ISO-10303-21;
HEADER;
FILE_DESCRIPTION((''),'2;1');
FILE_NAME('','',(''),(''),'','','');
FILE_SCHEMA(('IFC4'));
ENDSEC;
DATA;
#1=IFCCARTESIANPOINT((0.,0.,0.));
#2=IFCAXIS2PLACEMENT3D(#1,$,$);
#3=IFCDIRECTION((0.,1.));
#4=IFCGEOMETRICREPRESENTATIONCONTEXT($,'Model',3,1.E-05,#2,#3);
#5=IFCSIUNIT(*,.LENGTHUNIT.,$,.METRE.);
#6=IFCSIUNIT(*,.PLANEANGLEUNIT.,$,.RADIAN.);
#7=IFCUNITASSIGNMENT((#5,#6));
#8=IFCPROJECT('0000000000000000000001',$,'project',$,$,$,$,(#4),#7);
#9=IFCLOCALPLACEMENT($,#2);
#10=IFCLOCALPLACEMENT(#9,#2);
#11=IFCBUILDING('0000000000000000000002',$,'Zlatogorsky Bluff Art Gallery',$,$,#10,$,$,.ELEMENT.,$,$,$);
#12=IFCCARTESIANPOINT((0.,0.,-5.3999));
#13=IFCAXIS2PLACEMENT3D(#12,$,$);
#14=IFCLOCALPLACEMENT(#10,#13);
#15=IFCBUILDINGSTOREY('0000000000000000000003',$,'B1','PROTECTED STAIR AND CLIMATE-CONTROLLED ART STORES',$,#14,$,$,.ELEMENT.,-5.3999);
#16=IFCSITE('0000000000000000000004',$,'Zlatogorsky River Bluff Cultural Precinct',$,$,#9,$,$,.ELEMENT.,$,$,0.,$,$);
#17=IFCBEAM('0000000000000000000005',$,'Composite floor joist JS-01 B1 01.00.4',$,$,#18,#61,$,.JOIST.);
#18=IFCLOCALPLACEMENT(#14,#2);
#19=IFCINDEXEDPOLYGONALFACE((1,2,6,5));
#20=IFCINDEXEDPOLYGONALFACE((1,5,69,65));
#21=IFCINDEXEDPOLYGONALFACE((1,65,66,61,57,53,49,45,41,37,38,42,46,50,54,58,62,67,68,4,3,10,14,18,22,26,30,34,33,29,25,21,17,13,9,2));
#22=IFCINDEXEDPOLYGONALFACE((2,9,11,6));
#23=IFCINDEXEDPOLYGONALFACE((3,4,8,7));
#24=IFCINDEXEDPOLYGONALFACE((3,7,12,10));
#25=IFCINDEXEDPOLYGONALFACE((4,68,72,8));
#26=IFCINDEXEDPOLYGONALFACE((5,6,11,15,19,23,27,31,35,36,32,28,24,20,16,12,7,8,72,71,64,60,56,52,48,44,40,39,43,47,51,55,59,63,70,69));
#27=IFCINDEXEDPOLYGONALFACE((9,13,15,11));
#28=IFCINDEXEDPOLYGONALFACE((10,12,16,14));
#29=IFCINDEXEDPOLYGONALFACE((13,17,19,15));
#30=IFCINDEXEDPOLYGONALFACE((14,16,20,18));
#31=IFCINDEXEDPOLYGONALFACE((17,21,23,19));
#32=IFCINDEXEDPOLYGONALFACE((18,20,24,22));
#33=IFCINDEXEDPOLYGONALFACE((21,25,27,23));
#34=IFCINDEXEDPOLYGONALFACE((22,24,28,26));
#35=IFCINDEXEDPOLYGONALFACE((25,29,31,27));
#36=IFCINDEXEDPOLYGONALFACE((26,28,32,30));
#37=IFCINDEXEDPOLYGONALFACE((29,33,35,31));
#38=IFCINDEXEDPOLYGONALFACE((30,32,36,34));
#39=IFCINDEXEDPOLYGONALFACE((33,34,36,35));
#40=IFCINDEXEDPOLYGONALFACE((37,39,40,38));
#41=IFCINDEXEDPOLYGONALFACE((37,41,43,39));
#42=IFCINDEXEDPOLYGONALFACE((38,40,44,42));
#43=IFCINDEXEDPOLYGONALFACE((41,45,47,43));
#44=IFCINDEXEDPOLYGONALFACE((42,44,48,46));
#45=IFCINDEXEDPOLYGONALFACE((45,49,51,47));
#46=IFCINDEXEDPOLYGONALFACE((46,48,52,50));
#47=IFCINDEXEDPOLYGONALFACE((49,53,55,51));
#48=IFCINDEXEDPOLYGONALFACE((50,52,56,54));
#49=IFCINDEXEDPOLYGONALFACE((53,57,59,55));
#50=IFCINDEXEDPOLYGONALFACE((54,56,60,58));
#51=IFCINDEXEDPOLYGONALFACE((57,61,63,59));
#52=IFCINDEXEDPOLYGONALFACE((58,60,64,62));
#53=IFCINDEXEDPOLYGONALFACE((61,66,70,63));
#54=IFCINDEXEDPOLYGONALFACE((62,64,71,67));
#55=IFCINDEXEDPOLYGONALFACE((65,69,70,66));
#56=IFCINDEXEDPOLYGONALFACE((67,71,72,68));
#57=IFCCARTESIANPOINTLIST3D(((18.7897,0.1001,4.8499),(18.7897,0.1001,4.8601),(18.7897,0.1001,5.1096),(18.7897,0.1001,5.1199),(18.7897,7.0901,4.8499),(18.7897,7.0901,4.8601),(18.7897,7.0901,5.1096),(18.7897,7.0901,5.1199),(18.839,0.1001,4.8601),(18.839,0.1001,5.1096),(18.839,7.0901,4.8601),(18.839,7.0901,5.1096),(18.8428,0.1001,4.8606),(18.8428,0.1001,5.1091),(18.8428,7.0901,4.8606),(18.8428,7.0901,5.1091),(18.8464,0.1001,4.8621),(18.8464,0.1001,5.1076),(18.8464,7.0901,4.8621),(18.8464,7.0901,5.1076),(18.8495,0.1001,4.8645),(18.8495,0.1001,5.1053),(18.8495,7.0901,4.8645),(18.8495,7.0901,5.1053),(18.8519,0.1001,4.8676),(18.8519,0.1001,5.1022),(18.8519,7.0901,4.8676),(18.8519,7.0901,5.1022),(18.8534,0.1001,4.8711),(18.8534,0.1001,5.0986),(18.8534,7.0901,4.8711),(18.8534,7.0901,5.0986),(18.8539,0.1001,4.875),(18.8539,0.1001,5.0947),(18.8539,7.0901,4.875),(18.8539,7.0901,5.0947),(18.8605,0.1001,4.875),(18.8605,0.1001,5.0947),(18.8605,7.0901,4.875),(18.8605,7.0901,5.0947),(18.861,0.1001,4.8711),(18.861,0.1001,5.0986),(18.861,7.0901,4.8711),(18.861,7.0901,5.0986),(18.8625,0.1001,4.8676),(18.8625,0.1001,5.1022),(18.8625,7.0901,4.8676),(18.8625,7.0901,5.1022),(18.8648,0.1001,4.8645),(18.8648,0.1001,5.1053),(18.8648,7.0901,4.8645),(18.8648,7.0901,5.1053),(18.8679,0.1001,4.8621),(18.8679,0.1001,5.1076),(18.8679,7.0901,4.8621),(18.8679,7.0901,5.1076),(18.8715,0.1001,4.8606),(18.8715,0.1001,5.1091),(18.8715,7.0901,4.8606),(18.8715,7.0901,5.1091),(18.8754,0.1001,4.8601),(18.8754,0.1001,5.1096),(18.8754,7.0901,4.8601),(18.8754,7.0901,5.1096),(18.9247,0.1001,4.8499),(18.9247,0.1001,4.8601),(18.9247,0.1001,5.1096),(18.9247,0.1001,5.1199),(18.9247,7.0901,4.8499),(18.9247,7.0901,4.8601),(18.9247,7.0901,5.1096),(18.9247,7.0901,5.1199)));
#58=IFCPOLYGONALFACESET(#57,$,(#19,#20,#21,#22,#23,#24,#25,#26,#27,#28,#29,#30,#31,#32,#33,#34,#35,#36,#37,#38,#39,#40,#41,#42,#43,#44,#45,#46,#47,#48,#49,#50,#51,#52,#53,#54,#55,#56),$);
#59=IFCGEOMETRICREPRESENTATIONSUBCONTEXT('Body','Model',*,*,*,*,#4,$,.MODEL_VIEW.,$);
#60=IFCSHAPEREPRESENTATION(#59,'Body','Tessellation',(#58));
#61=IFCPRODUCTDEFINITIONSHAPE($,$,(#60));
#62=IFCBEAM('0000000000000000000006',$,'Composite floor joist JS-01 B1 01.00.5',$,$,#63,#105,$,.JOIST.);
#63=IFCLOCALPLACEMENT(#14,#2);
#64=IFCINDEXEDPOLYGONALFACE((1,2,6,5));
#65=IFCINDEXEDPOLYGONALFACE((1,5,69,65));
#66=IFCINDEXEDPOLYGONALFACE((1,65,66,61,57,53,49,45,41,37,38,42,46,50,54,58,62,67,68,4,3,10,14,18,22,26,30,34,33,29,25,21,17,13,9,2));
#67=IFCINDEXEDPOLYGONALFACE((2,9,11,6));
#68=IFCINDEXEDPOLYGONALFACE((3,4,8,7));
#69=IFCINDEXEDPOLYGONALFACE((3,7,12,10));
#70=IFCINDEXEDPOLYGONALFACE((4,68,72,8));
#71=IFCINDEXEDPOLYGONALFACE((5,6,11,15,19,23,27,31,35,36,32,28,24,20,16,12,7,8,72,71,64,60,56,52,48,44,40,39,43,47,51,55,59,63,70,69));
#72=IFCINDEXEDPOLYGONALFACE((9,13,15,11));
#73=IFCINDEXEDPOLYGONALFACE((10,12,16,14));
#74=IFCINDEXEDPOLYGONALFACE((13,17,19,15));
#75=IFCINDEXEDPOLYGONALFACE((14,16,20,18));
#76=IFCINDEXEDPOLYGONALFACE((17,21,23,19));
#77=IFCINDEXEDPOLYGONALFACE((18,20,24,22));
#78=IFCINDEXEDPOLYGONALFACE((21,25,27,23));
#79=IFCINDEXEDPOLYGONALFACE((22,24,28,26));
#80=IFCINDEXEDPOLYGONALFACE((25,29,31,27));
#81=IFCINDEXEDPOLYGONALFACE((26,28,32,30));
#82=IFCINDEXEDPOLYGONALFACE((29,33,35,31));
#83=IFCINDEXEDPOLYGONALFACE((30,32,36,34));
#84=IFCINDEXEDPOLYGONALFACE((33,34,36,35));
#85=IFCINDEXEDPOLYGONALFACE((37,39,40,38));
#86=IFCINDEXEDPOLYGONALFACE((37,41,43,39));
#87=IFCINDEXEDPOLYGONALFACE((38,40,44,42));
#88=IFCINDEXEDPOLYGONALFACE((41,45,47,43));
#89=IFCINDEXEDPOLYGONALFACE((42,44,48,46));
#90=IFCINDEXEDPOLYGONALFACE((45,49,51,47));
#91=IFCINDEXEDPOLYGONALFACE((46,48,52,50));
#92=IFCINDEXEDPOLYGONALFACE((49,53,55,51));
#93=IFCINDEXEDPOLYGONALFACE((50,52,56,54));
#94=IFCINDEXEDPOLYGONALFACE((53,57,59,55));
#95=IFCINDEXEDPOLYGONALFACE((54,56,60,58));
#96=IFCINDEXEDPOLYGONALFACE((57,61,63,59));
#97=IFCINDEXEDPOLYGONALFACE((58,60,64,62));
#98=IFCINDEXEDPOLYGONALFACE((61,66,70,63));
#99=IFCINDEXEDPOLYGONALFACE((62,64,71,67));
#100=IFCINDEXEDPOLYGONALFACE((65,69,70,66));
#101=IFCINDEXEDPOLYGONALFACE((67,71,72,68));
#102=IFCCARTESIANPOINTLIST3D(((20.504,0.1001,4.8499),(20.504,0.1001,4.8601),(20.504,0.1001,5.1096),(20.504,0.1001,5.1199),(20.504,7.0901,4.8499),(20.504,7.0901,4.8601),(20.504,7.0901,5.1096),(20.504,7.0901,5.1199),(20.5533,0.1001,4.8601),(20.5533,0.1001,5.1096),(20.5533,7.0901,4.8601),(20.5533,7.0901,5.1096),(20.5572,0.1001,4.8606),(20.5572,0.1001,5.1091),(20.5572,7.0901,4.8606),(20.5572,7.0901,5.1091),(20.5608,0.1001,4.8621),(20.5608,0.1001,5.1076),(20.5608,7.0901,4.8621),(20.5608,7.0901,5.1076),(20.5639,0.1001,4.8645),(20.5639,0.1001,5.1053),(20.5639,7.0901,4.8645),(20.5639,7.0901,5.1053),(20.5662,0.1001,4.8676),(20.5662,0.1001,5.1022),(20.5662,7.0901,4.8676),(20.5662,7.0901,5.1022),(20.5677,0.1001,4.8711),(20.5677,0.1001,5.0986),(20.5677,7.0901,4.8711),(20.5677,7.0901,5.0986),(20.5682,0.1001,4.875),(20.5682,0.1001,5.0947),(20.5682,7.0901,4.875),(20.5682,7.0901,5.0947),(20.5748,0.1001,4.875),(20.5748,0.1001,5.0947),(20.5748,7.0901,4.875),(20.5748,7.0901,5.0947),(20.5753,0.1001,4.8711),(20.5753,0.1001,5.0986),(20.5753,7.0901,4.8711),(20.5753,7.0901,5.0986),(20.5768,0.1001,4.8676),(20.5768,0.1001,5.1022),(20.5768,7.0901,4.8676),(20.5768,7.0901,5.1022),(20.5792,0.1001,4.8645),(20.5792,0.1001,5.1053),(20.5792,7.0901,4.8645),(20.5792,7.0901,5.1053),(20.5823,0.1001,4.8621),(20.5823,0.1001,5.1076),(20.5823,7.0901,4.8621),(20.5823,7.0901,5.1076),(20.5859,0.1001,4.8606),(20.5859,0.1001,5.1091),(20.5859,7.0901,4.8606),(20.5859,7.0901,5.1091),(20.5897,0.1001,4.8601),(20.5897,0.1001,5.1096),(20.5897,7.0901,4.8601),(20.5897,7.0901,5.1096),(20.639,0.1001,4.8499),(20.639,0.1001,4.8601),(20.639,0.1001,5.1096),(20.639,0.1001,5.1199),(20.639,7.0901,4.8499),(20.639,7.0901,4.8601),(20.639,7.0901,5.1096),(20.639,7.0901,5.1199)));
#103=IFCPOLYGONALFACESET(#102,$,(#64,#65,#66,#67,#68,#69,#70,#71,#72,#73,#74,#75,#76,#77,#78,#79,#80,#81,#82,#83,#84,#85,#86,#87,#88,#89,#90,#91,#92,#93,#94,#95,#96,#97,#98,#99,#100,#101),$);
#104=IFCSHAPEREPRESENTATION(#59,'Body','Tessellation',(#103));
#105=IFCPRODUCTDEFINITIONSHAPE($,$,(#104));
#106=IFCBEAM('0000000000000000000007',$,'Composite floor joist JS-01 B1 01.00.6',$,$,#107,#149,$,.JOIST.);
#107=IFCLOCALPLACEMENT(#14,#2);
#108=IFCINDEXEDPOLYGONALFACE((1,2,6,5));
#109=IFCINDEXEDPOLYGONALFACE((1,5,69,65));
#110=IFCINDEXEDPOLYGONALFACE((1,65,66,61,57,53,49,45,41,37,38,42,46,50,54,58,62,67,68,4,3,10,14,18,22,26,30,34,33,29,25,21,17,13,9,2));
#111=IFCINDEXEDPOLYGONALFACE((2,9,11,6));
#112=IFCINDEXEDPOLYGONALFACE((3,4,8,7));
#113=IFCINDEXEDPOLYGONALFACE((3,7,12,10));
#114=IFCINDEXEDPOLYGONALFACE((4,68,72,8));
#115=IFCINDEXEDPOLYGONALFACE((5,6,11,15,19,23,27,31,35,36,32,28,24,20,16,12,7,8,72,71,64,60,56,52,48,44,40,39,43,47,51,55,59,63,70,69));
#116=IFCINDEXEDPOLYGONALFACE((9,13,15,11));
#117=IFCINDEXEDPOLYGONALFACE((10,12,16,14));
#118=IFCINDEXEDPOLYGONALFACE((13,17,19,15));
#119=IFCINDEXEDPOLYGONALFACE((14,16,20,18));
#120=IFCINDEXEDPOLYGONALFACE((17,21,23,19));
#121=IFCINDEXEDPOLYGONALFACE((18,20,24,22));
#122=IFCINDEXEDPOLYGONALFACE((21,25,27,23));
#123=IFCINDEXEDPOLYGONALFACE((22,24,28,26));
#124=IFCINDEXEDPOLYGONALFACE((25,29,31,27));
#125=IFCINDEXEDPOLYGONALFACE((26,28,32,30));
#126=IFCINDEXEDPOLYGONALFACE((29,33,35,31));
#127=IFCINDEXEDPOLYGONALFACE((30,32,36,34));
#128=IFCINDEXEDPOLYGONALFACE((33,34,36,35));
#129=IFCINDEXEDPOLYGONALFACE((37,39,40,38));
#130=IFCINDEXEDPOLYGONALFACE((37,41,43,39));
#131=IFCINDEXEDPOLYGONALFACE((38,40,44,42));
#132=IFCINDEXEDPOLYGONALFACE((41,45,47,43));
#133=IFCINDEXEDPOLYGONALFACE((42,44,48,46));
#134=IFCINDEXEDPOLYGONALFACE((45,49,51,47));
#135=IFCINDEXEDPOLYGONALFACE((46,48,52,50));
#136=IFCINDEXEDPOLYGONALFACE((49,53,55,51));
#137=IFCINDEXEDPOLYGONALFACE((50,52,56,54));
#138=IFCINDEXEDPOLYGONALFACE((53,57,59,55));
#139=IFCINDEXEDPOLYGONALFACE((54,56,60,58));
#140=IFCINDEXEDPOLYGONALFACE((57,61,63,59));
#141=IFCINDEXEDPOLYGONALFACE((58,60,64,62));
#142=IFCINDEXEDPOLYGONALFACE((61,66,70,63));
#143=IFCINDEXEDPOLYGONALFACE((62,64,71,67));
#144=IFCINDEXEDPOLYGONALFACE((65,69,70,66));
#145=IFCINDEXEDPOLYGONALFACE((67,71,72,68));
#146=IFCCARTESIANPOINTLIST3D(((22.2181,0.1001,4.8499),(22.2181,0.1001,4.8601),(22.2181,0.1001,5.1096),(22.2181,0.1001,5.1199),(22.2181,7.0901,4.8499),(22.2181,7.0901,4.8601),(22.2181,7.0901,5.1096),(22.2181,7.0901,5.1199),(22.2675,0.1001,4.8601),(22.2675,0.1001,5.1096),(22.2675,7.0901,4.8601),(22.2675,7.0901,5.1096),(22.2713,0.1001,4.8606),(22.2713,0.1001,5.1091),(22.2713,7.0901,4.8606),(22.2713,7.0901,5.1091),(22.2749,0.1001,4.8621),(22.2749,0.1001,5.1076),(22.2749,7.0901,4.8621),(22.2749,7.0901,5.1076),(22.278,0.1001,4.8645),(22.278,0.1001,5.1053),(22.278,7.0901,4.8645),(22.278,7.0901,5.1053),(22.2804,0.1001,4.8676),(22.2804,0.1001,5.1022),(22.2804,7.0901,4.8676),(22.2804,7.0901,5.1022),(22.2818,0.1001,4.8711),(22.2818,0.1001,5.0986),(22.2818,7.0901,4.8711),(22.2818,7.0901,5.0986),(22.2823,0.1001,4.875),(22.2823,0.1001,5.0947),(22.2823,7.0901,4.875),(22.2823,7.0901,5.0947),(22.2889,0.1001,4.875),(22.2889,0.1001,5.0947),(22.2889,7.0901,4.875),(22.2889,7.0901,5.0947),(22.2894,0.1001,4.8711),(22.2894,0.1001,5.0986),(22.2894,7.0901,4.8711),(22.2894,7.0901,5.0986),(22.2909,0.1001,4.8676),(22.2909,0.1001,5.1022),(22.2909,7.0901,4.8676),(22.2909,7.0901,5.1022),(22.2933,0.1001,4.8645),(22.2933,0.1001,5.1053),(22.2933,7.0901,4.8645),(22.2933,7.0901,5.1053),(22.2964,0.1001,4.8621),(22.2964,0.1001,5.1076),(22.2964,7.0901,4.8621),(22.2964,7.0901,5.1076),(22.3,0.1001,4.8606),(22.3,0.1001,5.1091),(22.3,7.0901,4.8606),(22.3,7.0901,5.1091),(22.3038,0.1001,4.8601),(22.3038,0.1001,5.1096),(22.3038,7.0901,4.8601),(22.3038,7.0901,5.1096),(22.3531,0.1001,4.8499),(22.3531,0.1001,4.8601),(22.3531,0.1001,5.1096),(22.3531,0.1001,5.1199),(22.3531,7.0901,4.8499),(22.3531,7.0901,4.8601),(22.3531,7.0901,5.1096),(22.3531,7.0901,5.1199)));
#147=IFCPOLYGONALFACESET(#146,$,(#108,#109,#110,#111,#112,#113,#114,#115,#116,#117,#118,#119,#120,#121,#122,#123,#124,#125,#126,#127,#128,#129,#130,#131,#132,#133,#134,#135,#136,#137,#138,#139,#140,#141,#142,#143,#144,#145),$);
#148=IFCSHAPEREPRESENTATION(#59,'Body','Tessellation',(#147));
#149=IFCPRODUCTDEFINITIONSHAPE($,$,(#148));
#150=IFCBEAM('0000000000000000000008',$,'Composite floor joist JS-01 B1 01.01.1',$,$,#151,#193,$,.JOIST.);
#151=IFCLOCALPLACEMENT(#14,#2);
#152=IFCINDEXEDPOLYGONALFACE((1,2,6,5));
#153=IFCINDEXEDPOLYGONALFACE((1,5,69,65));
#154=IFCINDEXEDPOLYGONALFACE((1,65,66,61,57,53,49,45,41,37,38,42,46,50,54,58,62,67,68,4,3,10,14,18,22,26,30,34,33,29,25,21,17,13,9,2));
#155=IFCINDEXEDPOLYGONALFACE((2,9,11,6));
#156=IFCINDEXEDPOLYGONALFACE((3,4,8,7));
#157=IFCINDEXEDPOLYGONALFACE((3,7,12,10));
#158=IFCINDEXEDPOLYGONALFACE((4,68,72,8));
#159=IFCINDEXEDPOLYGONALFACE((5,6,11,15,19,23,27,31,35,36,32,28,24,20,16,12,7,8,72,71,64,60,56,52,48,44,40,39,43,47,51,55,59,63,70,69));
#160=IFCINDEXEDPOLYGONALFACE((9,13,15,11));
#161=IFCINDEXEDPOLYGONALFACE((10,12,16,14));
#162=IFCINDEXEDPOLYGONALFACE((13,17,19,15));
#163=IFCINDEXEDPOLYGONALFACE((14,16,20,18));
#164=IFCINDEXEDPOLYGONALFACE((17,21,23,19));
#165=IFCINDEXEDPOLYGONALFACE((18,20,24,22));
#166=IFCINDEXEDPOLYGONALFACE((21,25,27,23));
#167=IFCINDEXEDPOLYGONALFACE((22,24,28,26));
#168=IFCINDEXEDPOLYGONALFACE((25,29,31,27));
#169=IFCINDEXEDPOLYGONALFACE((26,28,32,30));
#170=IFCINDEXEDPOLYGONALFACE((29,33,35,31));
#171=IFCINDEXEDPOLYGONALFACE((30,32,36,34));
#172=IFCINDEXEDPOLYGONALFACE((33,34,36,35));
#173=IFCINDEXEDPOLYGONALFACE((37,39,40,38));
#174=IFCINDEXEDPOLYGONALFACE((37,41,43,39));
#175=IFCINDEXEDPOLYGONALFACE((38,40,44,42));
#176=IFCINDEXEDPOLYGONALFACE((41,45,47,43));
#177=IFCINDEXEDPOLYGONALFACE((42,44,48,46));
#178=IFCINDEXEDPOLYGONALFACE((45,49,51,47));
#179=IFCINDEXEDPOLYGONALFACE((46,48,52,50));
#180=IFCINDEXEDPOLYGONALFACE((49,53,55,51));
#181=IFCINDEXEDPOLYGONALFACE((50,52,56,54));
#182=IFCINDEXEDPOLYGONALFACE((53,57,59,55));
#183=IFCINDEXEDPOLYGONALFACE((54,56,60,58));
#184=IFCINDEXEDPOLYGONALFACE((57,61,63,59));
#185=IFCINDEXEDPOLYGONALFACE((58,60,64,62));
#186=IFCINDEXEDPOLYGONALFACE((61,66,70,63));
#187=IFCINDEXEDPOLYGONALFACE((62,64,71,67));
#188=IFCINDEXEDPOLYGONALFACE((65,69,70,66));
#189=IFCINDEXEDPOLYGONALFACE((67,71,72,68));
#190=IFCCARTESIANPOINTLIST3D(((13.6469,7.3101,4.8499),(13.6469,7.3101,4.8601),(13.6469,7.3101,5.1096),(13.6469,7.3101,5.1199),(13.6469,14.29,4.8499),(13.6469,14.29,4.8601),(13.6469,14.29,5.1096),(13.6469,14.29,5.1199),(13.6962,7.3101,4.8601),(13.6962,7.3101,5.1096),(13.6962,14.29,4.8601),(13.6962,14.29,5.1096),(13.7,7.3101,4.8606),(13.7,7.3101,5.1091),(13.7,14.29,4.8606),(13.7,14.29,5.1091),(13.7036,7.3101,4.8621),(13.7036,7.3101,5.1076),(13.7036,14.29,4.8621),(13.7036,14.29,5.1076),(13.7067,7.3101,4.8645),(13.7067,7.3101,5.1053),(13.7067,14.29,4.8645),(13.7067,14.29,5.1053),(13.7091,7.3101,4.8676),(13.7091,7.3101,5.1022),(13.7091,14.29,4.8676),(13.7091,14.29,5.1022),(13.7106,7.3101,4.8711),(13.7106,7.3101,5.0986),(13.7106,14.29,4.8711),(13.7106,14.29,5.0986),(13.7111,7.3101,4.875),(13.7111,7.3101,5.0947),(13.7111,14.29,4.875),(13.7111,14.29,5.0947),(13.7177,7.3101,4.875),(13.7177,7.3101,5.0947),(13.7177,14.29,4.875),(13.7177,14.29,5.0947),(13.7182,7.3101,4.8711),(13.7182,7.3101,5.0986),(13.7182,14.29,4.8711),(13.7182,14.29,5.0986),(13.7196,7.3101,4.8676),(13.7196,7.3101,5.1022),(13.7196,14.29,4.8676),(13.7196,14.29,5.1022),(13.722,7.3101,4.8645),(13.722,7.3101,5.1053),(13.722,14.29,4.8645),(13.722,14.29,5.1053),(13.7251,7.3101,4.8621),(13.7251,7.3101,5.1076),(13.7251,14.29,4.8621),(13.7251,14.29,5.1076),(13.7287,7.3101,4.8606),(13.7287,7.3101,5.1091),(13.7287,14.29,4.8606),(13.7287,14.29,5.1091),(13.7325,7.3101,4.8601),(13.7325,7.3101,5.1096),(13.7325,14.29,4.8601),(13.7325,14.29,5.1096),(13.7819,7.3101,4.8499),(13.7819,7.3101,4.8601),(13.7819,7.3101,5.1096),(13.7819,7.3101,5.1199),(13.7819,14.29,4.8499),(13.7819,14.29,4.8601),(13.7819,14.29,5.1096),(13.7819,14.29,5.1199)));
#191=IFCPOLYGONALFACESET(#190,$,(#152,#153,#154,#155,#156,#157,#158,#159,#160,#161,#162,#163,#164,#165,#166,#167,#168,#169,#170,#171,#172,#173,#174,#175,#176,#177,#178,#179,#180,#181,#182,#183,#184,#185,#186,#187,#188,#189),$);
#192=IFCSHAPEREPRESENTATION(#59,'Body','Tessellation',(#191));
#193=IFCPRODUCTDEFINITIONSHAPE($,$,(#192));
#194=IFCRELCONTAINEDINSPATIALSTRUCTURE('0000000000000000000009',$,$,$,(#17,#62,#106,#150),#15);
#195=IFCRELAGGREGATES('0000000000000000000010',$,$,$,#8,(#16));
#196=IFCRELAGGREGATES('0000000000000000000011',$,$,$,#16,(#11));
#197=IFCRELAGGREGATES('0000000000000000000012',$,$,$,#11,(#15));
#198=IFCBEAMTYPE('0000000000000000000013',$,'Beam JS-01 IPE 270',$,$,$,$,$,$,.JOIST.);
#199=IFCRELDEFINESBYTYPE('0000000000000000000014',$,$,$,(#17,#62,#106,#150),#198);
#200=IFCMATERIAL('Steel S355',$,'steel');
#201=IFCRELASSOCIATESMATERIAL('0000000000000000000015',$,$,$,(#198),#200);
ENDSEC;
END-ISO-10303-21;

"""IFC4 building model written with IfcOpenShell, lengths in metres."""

from ifc_helpers import new_model, si_unit, direction, frame, origin, origin_2d, place, context, subcontext, project, spatial, i_section, extrude, material, material_profile, profile_set, type_object, element, save


model = new_model("IFC4")

# Units and contexts
model_context = context("Model", 3, precision=1e-05, world=origin(), true_north=direction((0.0, 1.0)))
body_context = subcontext(model_context, "Body", "Model", "MODEL_VIEW")
ifc_project = project(units=[si_unit("LENGTHUNIT", "METRE"), si_unit("PLANEANGLEUNIT", "RADIAN")], contexts=[model_context])

# Site, building, storey
site_placement = place(None, origin())
site = spatial("IfcSite", under=ifc_project, at=site_placement, Name="Zlatogorsky River Bluff Cultural Precinct", CompositionType="ELEMENT", RefElevation=0.0)
building_placement = place(site_placement, origin())
building = spatial("IfcBuilding", under=site, at=building_placement, Name="Zlatogorsky Bluff Art Gallery", CompositionType="ELEMENT")
storey_placement = place(building_placement, frame((0.0, 0.0, -5.3999)))
storey = spatial("IfcBuildingStorey", under=building, at=storey_placement, Name="B1", Description="PROTECTED STAIR AND CLIMATE-CONTROLLED ART STORES", CompositionType="ELEMENT", Elevation=-5.3999)

# Beams
ifc_material_1 = material(Name="Steel S355", Category="steel")
ifc_material_profile_1 = material_profile(ifc_material_1, i_section(OverallWidth=0.135, OverallDepth=0.27, WebThickness=0.0066, FlangeThickness=0.0103, FilletRadius=0.0149, at=origin_2d()), Name="IPE 270")
ifc_profile_set_1 = profile_set([ifc_material_profile_1], Name="Steel S355")
beam_type_1 = type_object("IfcBeamType", Name="Beam JS-01 IPE 270", PredefinedType="JOIST", material=ifc_profile_set_1)
for number, where, z_axis, x_axis, name in (
    (1, (18.8572, 0.1001, 4.9849), (0.0, 1.0, 0.0), (-1.0, 0.0, 0.0), "Composite floor joist JS-01 B1 01.00.4"),
    (2, (20.5715, 0.1001, 4.9849), (0.0, 1.0, 0.0), (-1.0, 0.0, 0.0), "Composite floor joist JS-01 B1 01.00.5"),
    (3, (22.2856, 0.1001, 4.9849), (0.0, 1.0, 0.0), (-1.0, 0.0, 0.0), "Composite floor joist JS-01 B1 01.00.6"),
):
    element("IfcBeam", number, at=place(storey_placement, frame(where, z_axis=z_axis, x_axis=x_axis)), inside=storey, type_object=beam_type_1, Name=name, PredefinedType="JOIST", context=body_context, shape_type="SweptSolid", body=[
        extrude(i_section(OverallWidth=0.135, OverallDepth=0.27, WebThickness=0.0066, FlangeThickness=0.0103, FilletRadius=0.0149, at=origin_2d()), origin(), (0.0, 0.0, 1.0), 6.99),
    ])
for number, where, z_axis, x_axis, name in (
    (4, (13.7144, 7.3101, 4.9849), (0.0, 1.0, 0.0), (-1.0, 0.0, 0.0), "Composite floor joist JS-01 B1 01.01.1"),
):
    element("IfcBeam", number, at=place(storey_placement, frame(where, z_axis=z_axis, x_axis=x_axis)), inside=storey, type_object=beam_type_1, Name=name, PredefinedType="JOIST", context=body_context, shape_type="SweptSolid", body=[
        extrude(i_section(OverallWidth=0.135, OverallDepth=0.27, WebThickness=0.0066, FlangeThickness=0.0103, FilletRadius=0.0149, at=origin_2d()), origin(), (0.0, 0.0, 1.0), 6.98),
    ])

save(model, "model.ifc")
